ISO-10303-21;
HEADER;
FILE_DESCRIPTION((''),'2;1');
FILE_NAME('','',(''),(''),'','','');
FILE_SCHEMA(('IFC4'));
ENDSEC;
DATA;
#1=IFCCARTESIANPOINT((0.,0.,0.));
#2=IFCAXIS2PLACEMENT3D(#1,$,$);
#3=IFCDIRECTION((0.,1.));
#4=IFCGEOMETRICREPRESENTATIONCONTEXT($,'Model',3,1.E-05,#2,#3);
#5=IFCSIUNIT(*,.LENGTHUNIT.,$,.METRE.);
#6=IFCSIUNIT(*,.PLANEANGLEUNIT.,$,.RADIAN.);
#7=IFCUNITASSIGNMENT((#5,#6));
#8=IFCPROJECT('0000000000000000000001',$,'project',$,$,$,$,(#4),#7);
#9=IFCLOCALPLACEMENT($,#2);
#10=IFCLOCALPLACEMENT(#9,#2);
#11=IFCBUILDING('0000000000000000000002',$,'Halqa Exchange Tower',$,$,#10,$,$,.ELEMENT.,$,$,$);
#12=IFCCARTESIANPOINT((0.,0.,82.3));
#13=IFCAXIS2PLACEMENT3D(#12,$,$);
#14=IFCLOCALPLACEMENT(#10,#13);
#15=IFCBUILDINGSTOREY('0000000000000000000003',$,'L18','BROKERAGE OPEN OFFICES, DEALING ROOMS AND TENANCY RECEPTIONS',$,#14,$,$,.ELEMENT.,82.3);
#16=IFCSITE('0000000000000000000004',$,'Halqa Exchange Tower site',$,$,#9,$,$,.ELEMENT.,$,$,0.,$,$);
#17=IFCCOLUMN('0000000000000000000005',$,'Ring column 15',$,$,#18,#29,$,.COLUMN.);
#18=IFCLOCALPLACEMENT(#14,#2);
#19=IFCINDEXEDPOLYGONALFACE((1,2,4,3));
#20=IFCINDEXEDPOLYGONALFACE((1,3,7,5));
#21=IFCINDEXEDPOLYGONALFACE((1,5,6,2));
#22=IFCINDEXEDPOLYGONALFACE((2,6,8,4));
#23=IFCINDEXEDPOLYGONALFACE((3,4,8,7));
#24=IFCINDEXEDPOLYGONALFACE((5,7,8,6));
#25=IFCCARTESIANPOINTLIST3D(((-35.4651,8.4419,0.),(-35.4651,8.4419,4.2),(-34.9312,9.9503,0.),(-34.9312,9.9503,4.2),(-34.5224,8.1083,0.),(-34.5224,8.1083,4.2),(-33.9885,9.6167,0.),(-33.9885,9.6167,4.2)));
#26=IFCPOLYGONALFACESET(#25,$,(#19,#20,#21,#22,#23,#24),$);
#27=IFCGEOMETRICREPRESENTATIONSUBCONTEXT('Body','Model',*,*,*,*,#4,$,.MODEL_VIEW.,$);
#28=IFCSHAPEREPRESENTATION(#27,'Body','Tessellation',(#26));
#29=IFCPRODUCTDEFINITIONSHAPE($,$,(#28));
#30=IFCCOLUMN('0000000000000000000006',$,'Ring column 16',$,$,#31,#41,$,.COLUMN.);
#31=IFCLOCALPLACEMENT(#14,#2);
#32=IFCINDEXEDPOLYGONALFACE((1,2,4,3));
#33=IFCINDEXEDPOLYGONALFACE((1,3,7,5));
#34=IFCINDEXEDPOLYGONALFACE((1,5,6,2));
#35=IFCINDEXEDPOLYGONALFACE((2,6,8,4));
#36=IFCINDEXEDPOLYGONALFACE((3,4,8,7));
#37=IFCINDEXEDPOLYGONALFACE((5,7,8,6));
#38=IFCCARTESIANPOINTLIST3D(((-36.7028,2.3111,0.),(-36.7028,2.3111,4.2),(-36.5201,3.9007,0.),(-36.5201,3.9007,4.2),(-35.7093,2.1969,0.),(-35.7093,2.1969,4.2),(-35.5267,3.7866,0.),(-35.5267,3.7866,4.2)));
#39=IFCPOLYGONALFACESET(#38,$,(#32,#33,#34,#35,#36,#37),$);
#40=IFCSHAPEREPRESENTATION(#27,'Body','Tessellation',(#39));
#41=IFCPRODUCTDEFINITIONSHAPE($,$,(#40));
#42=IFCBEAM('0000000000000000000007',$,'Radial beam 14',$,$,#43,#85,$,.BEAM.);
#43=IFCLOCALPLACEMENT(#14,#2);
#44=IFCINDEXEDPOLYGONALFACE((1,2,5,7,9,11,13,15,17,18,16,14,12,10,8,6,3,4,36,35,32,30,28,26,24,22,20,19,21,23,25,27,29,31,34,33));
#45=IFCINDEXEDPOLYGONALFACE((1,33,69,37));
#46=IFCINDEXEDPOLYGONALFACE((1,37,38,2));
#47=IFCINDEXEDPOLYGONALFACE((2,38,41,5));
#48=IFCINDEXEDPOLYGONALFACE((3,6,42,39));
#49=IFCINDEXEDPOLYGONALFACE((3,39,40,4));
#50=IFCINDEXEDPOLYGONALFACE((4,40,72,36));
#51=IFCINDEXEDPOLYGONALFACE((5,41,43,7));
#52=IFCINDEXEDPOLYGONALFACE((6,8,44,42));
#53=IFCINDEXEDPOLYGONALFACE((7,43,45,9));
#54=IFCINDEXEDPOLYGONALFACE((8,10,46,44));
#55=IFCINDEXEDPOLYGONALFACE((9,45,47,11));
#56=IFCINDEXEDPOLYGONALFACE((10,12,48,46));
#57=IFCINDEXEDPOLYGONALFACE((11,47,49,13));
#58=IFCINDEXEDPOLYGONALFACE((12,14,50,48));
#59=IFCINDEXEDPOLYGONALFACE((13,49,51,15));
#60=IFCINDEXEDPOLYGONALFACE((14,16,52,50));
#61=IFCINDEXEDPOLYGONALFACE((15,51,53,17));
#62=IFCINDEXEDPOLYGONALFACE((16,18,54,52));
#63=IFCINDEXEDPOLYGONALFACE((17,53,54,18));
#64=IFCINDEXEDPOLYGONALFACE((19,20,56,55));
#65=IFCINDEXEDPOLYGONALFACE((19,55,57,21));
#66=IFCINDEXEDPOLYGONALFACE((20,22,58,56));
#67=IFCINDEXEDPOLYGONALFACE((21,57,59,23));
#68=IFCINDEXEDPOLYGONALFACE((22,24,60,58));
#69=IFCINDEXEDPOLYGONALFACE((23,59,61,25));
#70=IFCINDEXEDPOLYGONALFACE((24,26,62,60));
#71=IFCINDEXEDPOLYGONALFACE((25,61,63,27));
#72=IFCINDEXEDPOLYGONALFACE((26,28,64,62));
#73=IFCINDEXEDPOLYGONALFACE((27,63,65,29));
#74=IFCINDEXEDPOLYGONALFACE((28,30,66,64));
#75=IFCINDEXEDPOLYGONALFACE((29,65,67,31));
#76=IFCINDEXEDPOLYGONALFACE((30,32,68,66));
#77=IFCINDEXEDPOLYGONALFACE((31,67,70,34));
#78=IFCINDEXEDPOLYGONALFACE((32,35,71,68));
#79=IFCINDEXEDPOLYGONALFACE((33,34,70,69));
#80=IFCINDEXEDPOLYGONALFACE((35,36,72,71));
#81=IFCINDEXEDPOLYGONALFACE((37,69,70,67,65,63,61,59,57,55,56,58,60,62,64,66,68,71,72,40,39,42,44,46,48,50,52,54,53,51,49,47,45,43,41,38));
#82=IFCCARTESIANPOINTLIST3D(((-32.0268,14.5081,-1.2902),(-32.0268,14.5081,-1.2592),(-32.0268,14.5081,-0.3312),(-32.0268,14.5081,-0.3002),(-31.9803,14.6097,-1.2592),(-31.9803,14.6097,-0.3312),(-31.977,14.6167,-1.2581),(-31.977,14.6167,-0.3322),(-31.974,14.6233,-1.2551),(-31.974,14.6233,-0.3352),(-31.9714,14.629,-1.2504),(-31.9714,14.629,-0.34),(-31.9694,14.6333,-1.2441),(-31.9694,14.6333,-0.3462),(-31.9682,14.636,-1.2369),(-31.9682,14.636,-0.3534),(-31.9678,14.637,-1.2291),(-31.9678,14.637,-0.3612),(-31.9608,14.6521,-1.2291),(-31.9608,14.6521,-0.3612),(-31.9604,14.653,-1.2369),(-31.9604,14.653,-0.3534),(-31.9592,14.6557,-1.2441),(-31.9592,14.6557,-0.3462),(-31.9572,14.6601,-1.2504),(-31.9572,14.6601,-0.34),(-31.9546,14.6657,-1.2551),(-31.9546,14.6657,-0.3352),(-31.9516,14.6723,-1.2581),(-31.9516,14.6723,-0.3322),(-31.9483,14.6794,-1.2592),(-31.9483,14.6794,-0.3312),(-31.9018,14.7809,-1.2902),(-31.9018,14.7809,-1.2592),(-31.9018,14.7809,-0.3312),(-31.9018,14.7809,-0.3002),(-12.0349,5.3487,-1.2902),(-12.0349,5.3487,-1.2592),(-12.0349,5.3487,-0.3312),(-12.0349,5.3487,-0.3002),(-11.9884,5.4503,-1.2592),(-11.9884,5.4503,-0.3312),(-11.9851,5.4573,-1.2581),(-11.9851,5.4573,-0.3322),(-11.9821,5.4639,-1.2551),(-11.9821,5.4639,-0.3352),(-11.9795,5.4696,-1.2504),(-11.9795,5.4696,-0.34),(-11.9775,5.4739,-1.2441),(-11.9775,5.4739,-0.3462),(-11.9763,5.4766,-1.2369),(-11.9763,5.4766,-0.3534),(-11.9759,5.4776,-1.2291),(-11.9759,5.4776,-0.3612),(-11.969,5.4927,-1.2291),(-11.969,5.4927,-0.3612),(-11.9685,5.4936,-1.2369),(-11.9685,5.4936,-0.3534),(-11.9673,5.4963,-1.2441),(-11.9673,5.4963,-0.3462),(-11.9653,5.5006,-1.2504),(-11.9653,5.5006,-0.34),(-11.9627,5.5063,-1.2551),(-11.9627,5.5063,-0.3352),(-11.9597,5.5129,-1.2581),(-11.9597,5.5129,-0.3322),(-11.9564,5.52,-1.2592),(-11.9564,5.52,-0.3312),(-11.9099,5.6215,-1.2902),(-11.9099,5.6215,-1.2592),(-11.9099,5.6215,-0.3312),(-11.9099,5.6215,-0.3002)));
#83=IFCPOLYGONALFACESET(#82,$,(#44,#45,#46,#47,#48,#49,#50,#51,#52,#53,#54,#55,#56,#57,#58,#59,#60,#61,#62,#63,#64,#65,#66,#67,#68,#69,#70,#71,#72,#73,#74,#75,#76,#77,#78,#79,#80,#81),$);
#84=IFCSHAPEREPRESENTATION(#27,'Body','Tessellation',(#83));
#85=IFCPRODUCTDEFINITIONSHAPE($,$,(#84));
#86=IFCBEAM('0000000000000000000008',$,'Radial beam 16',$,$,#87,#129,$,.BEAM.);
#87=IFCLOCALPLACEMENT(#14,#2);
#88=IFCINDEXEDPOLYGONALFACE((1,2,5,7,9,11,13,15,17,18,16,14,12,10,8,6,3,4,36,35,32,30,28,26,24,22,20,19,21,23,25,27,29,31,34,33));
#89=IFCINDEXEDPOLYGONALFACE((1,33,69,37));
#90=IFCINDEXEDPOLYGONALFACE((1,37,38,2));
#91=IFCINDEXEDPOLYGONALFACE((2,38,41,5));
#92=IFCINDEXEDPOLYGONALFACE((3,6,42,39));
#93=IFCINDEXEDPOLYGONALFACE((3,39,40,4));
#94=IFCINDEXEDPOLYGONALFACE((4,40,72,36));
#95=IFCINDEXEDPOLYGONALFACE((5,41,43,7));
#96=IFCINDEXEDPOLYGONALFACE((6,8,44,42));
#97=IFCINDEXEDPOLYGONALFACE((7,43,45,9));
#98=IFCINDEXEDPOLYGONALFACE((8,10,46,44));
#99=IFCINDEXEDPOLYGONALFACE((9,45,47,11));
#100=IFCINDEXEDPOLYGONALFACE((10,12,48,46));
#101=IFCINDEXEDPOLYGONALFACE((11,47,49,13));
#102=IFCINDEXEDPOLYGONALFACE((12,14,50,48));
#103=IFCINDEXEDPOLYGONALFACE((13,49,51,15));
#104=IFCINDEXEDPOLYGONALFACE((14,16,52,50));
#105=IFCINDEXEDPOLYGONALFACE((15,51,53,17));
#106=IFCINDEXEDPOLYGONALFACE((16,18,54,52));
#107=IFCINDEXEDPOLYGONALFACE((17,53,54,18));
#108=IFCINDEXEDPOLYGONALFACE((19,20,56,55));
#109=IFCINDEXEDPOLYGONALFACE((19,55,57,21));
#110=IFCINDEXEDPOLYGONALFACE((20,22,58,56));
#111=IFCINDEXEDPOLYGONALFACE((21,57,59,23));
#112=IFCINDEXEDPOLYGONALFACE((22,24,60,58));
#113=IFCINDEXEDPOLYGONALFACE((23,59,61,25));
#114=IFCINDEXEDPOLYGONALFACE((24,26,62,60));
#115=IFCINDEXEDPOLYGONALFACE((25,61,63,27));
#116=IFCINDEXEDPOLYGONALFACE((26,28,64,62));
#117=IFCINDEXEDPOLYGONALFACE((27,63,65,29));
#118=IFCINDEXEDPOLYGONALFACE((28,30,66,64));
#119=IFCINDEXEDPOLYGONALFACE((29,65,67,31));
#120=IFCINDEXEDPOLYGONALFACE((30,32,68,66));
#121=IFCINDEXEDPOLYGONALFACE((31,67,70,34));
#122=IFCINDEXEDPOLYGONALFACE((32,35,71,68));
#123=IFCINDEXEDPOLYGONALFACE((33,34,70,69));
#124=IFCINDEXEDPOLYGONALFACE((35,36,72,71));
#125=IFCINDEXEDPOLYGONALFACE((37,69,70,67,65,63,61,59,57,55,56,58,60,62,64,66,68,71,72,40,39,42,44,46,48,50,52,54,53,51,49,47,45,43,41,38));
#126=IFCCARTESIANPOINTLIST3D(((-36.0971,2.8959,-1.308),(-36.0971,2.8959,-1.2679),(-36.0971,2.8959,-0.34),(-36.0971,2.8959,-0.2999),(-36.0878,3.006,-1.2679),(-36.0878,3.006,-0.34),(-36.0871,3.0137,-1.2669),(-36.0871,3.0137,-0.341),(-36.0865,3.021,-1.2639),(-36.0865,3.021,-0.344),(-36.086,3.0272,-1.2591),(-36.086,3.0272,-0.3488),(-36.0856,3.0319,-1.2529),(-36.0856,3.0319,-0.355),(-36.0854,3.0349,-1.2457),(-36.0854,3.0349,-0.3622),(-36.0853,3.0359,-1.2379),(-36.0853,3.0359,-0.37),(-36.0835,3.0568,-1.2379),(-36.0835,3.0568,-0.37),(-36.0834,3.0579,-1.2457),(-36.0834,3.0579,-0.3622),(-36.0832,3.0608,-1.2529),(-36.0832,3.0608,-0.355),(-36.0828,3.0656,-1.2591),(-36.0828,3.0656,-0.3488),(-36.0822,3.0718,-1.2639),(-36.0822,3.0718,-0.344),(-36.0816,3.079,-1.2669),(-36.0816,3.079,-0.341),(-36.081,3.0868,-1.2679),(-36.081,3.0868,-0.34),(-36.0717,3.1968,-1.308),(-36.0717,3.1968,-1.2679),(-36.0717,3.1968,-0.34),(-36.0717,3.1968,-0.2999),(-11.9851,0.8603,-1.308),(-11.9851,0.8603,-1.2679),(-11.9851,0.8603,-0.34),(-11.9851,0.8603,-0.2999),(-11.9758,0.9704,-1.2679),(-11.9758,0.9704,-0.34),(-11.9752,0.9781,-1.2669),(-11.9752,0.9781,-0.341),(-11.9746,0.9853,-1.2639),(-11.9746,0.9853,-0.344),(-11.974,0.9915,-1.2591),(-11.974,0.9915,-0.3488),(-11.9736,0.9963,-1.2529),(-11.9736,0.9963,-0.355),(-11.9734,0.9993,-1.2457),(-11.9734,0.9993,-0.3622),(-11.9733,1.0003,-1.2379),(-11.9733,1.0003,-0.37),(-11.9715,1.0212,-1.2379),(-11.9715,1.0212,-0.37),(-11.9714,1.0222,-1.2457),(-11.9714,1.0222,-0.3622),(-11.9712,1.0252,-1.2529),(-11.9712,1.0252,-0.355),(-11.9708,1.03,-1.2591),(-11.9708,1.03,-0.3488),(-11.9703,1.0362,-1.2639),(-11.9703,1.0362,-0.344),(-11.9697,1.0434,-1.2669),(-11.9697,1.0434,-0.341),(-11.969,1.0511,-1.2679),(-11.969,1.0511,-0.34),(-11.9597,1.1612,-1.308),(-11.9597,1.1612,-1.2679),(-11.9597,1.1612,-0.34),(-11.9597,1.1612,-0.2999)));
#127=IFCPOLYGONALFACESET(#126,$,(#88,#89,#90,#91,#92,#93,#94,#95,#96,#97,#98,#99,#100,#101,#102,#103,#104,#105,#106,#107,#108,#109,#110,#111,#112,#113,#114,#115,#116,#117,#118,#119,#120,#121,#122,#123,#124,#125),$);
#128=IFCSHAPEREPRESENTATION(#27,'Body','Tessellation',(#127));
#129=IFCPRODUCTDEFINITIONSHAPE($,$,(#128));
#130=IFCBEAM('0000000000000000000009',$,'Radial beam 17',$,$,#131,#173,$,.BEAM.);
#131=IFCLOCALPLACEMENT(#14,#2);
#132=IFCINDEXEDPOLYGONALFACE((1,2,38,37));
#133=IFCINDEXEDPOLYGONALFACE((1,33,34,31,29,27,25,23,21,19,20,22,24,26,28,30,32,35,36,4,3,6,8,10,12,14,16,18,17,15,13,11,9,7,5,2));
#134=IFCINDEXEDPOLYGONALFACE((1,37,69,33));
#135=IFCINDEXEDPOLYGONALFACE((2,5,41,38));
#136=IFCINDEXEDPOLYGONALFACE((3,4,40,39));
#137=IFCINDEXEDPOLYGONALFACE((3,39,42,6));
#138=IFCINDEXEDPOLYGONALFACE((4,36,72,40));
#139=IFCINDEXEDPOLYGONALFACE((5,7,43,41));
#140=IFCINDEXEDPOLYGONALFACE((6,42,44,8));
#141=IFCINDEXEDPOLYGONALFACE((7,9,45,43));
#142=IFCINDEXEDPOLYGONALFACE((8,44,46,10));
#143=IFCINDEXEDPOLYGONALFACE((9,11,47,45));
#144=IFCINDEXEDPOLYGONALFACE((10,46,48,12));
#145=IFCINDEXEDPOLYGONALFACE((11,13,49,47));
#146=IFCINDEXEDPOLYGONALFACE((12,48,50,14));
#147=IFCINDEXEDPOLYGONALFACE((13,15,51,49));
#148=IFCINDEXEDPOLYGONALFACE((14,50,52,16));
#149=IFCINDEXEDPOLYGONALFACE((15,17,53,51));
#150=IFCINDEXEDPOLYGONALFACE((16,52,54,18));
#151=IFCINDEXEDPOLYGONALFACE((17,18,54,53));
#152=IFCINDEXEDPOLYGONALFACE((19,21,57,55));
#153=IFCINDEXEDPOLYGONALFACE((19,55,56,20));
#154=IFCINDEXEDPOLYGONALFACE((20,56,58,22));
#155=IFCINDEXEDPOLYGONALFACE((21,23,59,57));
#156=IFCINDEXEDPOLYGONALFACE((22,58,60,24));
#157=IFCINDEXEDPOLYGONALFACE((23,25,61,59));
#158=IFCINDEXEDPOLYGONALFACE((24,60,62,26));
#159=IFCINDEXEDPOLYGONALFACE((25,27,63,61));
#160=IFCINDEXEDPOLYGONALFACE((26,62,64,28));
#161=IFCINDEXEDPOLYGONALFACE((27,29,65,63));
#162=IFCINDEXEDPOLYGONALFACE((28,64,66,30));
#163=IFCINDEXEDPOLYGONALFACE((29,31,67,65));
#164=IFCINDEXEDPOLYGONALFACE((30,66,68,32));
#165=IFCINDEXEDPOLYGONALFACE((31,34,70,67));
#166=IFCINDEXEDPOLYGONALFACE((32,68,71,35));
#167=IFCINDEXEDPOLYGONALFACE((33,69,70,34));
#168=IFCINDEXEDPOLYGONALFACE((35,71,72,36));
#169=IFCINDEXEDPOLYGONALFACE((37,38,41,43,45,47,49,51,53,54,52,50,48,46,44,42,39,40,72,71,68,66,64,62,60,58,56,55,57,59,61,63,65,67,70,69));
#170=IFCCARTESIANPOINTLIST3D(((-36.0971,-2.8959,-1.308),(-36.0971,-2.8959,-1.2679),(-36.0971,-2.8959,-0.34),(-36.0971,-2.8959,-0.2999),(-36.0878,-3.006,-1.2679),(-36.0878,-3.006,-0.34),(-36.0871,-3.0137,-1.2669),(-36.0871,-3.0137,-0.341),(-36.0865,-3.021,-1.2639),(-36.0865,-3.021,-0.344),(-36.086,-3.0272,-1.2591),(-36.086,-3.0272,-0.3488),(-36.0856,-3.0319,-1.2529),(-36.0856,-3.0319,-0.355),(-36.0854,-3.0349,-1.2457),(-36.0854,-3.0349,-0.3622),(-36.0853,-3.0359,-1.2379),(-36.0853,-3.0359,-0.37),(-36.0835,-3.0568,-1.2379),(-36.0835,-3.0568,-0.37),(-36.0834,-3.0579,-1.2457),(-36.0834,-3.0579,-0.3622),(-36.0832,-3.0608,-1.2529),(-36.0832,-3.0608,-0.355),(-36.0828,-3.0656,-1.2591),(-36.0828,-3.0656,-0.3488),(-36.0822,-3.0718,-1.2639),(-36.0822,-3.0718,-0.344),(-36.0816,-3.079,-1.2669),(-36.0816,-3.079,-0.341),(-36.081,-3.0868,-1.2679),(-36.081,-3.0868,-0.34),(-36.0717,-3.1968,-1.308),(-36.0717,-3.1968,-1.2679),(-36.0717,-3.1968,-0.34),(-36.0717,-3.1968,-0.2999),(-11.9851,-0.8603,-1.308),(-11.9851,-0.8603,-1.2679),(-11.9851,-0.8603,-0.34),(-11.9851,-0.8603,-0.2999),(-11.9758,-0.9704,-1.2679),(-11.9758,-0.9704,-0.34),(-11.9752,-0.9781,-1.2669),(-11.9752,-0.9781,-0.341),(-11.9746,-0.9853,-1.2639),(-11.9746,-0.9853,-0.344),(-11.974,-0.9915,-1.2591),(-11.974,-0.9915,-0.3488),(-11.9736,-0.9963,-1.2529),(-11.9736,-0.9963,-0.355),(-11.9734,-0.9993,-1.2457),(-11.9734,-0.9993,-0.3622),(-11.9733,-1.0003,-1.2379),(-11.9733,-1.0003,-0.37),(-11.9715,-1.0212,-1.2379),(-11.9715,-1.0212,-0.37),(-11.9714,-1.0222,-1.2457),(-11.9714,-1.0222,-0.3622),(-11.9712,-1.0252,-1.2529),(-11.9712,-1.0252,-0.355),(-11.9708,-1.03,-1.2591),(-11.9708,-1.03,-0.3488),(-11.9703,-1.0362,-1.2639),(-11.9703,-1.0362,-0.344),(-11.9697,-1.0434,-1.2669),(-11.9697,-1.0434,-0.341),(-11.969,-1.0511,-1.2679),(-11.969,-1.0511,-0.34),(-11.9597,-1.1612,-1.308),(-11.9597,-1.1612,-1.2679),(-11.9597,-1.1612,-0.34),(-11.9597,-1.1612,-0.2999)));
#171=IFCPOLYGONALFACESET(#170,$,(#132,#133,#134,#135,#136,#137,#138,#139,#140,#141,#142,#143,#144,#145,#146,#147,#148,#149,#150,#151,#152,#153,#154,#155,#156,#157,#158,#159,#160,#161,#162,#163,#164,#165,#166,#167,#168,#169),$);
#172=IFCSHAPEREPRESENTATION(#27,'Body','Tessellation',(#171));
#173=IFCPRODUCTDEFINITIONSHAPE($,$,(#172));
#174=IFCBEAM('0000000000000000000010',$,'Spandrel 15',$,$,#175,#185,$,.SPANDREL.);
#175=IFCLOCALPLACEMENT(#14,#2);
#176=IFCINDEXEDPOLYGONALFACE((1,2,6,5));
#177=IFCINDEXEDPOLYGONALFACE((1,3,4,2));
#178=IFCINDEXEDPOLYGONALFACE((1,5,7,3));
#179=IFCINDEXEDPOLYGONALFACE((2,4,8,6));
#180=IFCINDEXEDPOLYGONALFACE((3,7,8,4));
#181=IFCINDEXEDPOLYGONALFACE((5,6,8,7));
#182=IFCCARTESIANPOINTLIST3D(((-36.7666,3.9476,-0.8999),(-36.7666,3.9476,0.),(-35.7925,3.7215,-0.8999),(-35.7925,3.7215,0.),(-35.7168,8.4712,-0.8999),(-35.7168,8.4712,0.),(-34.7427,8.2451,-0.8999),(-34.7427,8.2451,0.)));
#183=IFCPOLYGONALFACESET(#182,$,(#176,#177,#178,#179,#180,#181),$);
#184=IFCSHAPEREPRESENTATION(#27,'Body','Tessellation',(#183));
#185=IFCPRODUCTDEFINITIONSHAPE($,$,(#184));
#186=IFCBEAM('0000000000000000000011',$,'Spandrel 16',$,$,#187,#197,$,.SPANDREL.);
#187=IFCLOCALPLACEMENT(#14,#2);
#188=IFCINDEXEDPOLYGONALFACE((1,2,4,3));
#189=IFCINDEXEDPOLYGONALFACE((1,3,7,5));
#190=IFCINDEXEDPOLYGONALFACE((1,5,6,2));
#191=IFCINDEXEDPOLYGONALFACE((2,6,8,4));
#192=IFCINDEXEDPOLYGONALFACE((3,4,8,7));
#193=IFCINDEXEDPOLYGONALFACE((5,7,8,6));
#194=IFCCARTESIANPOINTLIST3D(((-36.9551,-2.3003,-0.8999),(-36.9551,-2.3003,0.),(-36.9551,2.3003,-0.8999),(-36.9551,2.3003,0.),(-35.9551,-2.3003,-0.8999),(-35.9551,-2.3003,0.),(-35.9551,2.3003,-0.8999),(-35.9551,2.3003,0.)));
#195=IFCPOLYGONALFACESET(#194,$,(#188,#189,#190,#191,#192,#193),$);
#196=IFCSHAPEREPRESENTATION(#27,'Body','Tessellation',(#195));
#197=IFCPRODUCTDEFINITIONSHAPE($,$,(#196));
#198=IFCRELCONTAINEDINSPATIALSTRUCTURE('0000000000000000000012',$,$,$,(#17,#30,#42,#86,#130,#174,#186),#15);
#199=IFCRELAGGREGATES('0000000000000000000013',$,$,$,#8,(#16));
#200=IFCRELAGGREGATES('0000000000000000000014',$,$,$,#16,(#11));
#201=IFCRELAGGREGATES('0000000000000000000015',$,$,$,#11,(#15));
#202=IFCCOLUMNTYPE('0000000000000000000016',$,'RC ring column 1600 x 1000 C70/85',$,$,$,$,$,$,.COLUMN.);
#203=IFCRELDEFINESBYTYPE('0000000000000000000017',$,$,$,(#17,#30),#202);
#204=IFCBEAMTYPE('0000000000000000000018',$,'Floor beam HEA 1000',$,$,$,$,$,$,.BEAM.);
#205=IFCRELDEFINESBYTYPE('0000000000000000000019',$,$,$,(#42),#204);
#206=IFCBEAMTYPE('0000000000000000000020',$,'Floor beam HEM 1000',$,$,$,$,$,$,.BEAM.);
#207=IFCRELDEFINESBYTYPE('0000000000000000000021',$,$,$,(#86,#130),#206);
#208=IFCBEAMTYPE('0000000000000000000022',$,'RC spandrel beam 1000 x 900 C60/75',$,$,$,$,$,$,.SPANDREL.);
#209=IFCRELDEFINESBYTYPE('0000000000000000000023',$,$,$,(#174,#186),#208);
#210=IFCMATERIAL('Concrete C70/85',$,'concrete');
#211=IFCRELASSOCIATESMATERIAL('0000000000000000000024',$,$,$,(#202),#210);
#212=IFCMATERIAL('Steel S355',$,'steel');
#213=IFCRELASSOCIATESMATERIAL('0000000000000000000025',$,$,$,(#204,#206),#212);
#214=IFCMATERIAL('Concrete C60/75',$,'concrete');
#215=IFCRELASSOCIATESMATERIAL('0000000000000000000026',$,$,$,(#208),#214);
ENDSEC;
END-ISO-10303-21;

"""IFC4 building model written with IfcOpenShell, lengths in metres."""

from ifc_helpers import new_model, si_unit, direction, frame, origin, origin_2d, place, context, subcontext, project, spatial, rectangle, i_section, extrude, material, material_profile, profile_set, type_object, element, save


model = new_model("IFC4")

# Units and contexts
model_context = context("Model", 3, precision=1e-05, world=origin(), true_north=direction((0.0, 1.0)))
body_context = subcontext(model_context, "Body", "Model", "MODEL_VIEW")
ifc_project = project(units=[si_unit("LENGTHUNIT", "METRE"), si_unit("PLANEANGLEUNIT", "RADIAN")], contexts=[model_context])

# Site, building, storey
site_placement = place(None, origin())
site = spatial("IfcSite", under=ifc_project, at=site_placement, Name="Halqa Exchange Tower site", CompositionType="ELEMENT", RefElevation=0.0)
building_placement = place(site_placement, origin())
building = spatial("IfcBuilding", under=site, at=building_placement, Name="Halqa Exchange Tower", CompositionType="ELEMENT")
storey_placement = place(building_placement, frame((0.0, 0.0, 82.3)))
storey = spatial("IfcBuildingStorey", under=building, at=storey_placement, Name="L18", Description="BROKERAGE OPEN OFFICES, DEALING ROOMS AND TENANCY RECEPTIONS", CompositionType="ELEMENT", Elevation=82.3)

# Columns
ifc_material_1 = material(Name="Concrete C70/85", Category="concrete")
ifc_material_profile_1 = material_profile(ifc_material_1, rectangle(XDim=1.6001, YDim=1.0, at=origin_2d()), Name="1600 x 1000")
ifc_profile_set_1 = profile_set([ifc_material_profile_1], Name="Concrete C70/85")
column_type = type_object("IfcColumnType", Name="RC ring column 1600 x 1000 C70/85", PredefinedType="COLUMN", material=ifc_profile_set_1)
for number, where, z_axis, x_axis, name in (
    (1, (-34.7268, 9.0293, 0.0), (0.0, 0.0, 1.0), (-0.333631, -0.942704, 0.0), "Ring column 15"),
    (2, (-36.1147, 3.0488, 0.0), (0.0, 0.0, 1.0), (-0.114157, -0.993463, 0.0), "Ring column 16"),
):
    element("IfcColumn", number, at=place(storey_placement, frame(where, z_axis=z_axis, x_axis=x_axis)), inside=storey, type_object=column_type, Name=name, PredefinedType="COLUMN", context=body_context, shape_type="SweptSolid", body=[
        extrude(rectangle(XDim=1.6001, YDim=1.0, at=origin_2d()), origin(), (0.0, 0.0, 1.0), 4.2),
    ])

# Beams
ifc_material_2 = material(Name="Steel S355", Category="steel")
ifc_material_profile_2 = material_profile(ifc_material_2, i_section(OverallWidth=0.3, OverallDepth=0.99, WebThickness=0.0166, FlangeThickness=0.031, FilletRadius=0.03, at=origin_2d()), Name="HEA 1000")
ifc_profile_set_2 = profile_set([ifc_material_profile_2], Name="Steel S355")
beam_type_1 = type_object("IfcBeamType", Name="Floor beam HEA 1000", PredefinedType="BEAM", material=ifc_profile_set_2)
beam_1_placement = place(storey_placement, frame((-11.9724, 5.4851, -0.7952), z_axis=(-0.909126, 0.416521, 0.0), x_axis=(-0.416521, -0.909126, 0.0)))
element("IfcBeam", 3, at=beam_1_placement, inside=storey, type_object=beam_type_1, Name="Radial beam 14", PredefinedType="BEAM", context=body_context, shape_type="SweptSolid", body=[
    extrude(i_section(OverallWidth=0.3, OverallDepth=0.99, WebThickness=0.0166, FlangeThickness=0.031, FilletRadius=0.03, at=origin_2d()), origin(), (0.0, 0.0, 1.0), 21.9902),
])
ifc_material_profile_3 = material_profile(ifc_material_2, i_section(OverallWidth=0.302, OverallDepth=1.0081, WebThickness=0.021, FlangeThickness=0.04, FilletRadius=0.03, at=origin_2d()), Name="HEM 1000")
ifc_profile_set_3 = profile_set([ifc_material_profile_3], Name="Steel S355")
beam_type_2 = type_object("IfcBeamType", Name="Floor beam HEM 1000", PredefinedType="BEAM", material=ifc_profile_set_3)
for number, where, z_axis, x_axis, name in (
    (4, (-11.9724, 1.0107, -0.804), (-0.996455, 0.084125, 0.0), (-0.084125, -0.996455, 0.0), "Radial beam 16"),
    (5, (-11.9724, -1.0107, -0.804), (-0.996455, -0.084125, 0.0), (0.084125, -0.996455, 0.0), "Radial beam 17"),
):
    element("IfcBeam", number, at=place(storey_placement, frame(where, z_axis=z_axis, x_axis=x_axis)), inside=storey, type_object=beam_type_2, Name=name, PredefinedType="BEAM", context=body_context, shape_type="SweptSolid", body=[
        extrude(i_section(OverallWidth=0.302, OverallDepth=1.0081, WebThickness=0.021, FlangeThickness=0.04, FilletRadius=0.03, at=origin_2d()), origin(), (0.0, 0.0, 1.0), 24.1978),
    ])
ifc_material_3 = material(Name="Concrete C60/75", Category="concrete")
ifc_material_profile_4 = material_profile(ifc_material_3, rectangle(XDim=1.0, YDim=0.8999, at=origin_2d()), Name="1000 x 900")
ifc_profile_set_4 = profile_set([ifc_material_profile_4], Name="Concrete C60/75")
beam_type_3 = type_object("IfcBeamType", Name="RC spandrel beam 1000 x 900 C60/75", PredefinedType="SPANDREL", material=ifc_profile_set_4)
beam_2_placement = place(storey_placement, frame((-35.2297, 8.3582, -0.45), z_axis=(-0.226061, -0.974113, 0.0), x_axis=(0.974113, -0.226061, 0.0)))
element("IfcBeam", 6, at=beam_2_placement, inside=storey, type_object=beam_type_3, Name="Spandrel 15", PredefinedType="SPANDREL", context=body_context, shape_type="SweptSolid", body=[
    extrude(rectangle(XDim=1.0, YDim=0.8999, at=origin_2d()), origin(), (0.0, 0.0, 1.0), 4.6438),
])
beam_3_placement = place(storey_placement, frame((-36.4551, 2.3003, -0.45), z_axis=(0.0, -1.0, 0.0), x_axis=(1.0, 0.0, 0.0)))
element("IfcBeam", 7, at=beam_3_placement, inside=storey, type_object=beam_type_3, Name="Spandrel 16", PredefinedType="SPANDREL", context=body_context, shape_type="SweptSolid", body=[
    extrude(rectangle(XDim=1.0, YDim=0.8999, at=origin_2d()), origin(), (0.0, 0.0, 1.0), 4.6006),
])

save(model, "model.ifc")
